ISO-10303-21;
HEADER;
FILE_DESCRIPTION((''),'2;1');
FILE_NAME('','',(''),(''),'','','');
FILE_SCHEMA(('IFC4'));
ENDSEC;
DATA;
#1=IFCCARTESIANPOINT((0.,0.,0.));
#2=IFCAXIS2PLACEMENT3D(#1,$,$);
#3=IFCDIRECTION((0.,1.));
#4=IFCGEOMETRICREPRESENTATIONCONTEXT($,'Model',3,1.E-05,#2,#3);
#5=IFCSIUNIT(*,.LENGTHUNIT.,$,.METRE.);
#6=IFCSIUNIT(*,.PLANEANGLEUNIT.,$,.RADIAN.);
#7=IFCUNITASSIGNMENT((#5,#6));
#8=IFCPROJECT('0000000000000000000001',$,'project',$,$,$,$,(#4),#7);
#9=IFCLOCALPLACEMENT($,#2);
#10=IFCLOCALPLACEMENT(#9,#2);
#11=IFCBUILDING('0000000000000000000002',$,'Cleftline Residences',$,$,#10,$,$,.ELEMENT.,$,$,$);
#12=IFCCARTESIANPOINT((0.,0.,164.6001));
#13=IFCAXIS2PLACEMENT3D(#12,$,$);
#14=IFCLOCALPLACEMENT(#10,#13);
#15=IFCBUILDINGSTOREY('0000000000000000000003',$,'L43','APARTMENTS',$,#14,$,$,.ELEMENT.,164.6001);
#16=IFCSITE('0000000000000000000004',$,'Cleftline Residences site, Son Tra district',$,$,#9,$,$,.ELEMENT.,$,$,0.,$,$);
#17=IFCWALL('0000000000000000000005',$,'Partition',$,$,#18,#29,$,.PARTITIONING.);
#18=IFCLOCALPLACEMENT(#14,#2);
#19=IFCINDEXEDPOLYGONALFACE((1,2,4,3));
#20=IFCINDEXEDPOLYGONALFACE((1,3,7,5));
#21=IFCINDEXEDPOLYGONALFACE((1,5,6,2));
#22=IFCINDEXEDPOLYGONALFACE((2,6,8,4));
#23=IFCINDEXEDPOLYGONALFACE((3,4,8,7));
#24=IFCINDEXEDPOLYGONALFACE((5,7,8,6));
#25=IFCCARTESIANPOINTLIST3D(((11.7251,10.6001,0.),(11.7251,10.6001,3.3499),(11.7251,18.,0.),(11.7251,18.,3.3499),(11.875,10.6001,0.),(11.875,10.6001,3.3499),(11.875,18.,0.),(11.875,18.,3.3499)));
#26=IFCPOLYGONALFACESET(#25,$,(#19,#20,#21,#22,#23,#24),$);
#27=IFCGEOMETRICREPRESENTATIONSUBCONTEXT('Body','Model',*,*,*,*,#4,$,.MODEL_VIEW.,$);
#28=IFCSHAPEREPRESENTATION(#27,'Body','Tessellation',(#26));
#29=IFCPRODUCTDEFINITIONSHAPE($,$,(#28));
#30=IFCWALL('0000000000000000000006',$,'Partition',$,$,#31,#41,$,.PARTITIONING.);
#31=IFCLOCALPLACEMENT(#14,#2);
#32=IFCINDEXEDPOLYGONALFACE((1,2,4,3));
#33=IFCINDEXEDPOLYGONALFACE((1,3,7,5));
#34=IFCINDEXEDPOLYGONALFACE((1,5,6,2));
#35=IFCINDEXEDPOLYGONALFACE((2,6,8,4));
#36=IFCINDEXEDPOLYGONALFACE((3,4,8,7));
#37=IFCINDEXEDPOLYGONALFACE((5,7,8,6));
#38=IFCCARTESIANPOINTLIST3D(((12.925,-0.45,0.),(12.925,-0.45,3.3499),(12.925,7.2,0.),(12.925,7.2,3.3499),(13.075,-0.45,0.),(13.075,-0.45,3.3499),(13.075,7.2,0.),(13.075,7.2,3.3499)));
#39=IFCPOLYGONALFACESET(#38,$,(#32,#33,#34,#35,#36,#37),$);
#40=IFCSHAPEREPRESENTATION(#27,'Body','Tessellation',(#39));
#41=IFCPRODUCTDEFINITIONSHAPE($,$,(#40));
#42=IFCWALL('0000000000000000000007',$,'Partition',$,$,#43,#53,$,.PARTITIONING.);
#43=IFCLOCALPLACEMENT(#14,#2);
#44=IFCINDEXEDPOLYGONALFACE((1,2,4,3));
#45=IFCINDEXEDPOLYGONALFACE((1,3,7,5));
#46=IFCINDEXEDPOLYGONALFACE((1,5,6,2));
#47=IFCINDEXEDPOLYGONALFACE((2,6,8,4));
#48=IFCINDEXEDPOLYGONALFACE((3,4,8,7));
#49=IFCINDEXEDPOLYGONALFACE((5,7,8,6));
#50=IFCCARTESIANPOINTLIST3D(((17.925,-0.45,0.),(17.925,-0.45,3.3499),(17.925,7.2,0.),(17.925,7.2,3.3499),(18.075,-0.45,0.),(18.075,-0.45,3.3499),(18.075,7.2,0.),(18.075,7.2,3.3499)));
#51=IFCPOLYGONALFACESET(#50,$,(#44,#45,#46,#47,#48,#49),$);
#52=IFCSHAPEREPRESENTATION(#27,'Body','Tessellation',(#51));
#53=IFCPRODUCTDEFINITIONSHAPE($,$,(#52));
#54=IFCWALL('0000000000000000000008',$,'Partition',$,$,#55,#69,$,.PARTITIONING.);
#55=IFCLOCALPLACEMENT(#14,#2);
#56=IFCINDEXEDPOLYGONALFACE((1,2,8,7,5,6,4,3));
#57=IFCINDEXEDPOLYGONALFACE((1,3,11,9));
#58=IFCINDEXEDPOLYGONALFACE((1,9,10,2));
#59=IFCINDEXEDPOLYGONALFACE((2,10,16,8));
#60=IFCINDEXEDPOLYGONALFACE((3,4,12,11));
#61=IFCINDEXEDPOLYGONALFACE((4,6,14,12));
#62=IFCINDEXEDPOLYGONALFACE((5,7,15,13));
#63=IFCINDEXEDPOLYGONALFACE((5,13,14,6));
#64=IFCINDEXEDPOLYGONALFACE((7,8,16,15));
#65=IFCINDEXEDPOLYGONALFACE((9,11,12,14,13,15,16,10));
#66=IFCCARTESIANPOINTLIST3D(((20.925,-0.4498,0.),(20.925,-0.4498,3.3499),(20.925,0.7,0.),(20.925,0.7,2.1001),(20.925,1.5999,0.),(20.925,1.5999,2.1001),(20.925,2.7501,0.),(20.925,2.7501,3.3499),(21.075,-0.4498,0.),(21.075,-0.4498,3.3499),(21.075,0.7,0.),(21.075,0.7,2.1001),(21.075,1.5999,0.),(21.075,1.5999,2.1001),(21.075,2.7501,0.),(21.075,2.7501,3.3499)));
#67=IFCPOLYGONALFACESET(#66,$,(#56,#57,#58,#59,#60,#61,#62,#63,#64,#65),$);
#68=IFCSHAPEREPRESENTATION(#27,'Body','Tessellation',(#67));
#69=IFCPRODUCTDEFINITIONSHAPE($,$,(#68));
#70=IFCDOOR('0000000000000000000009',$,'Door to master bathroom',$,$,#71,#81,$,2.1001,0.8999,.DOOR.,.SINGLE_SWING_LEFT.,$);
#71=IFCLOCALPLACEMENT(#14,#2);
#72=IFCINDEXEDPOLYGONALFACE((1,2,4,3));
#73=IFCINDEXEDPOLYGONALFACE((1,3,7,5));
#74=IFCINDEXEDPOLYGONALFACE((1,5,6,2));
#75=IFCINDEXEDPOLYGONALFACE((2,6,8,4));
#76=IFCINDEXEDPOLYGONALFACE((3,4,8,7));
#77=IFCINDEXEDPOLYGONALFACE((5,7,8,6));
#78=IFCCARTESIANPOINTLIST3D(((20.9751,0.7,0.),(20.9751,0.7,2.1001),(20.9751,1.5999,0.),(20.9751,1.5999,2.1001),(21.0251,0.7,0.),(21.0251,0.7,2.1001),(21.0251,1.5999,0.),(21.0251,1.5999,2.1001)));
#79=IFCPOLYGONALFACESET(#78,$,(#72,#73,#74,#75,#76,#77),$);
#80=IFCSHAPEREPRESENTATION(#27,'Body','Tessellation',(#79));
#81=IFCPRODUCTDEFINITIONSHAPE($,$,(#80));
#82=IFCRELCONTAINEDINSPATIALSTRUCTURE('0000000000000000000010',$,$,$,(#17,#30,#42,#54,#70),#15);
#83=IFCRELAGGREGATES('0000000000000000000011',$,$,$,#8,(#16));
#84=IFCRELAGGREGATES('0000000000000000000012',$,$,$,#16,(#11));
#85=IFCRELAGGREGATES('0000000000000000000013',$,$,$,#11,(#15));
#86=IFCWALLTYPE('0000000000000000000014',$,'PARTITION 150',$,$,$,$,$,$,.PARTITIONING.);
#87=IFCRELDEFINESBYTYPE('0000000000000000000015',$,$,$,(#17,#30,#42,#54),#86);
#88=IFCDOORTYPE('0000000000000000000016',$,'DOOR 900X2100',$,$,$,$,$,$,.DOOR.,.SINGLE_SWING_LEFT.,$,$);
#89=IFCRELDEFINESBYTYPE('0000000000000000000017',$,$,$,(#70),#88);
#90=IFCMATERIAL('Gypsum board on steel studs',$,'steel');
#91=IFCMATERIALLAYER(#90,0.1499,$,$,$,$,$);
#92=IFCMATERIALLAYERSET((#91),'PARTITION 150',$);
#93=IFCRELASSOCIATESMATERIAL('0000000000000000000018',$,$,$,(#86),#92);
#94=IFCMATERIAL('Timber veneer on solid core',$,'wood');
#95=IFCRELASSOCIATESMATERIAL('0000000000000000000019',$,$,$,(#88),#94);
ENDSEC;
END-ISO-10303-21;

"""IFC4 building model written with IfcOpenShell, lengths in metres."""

from ifc_helpers import new_model, si_unit, direction, frame, frame_2d, origin, place, context, subcontext, project, spatial, rectangle, extrude, material, layer, layer_set, type_object, element, fill, save


model = new_model("IFC4")

# Units and contexts
model_context = context("Model", 3, precision=1e-05, world=origin(), true_north=direction((0.0, 1.0)))
body_context = subcontext(model_context, "Body", "Model", "MODEL_VIEW")
ifc_project = project(units=[si_unit("LENGTHUNIT", "METRE"), si_unit("PLANEANGLEUNIT", "RADIAN")], contexts=[model_context])

# Site, building, storey
site_placement = place(None, origin())
site = spatial("IfcSite", under=ifc_project, at=site_placement, Name="Cleftline Residences site, Son Tra district", CompositionType="ELEMENT", RefElevation=0.0)
building_placement = place(site_placement, origin())
building = spatial("IfcBuilding", under=site, at=building_placement, Name="Cleftline Residences", CompositionType="ELEMENT")
storey_placement = place(building_placement, frame((0.0, 0.0, 164.6001)))
storey = spatial("IfcBuildingStorey", under=building, at=storey_placement, Name="L43", Description="APARTMENTS", CompositionType="ELEMENT", Elevation=164.6001)

# Shared definitions
ifc_material_1 = material(Name="Gypsum board on steel studs", Category="steel")
ifc_layer_1 = layer(ifc_material_1, 0.1499)
ifc_layer_set_1 = layer_set([ifc_layer_1], Name="PARTITION 150")
wall_type = type_object("IfcWallType", Name="PARTITION 150", PredefinedType="PARTITIONING", material=ifc_layer_set_1)

# Walls
wall_1_placement = place(storey_placement, frame((11.8, 10.6001, 0.0), z_axis=(0.0, 0.0, 1.0), x_axis=(0.0, 1.0, 0.0)))
element("IfcWall", 1, at=wall_1_placement, inside=storey, type_object=wall_type, Name="Partition", PredefinedType="PARTITIONING", context=body_context, shape_type="SweptSolid", body=[
    extrude(rectangle(XDim=7.3999, YDim=0.1499, at=frame_2d((3.7, 0.0))), origin(), (0.0, 0.0, 1.0), 3.3499),
])
for number, where, z_axis, x_axis, name in (
    (2, (13.0, -0.45, 0.0), (0.0, 0.0, 1.0), (0.0, 1.0, 0.0), "Partition"),
    (3, (18.0, -0.45, 0.0), (0.0, 0.0, 1.0), (0.0, 1.0, 0.0), "Partition"),
):
    element("IfcWall", number, at=place(storey_placement, frame(where, z_axis=z_axis, x_axis=x_axis)), inside=storey, type_object=wall_type, Name=name, PredefinedType="PARTITIONING", context=body_context, shape_type="SweptSolid", body=[
        extrude(rectangle(XDim=7.6499, YDim=0.1499, at=frame_2d((3.825, 0.0))), origin(), (0.0, 0.0, 1.0), 3.3499),
    ])

# Wall, opening, door
wall_2_placement = place(storey_placement, frame((21.0, -0.45, 0.0), z_axis=(0.0, 0.0, 1.0), x_axis=(0.0, 1.0, 0.0)))
wall_2 = element("IfcWall", 4, at=wall_2_placement, inside=storey, type_object=wall_type, Name="Partition", PredefinedType="PARTITIONING", context=body_context, shape_type="SweptSolid", body=[
    extrude(rectangle(XDim=3.2, YDim=0.1499, at=frame_2d((1.6001, 0.0))), origin(), (0.0, 0.0, 1.0), 3.3499),
])
opening_1_placement = place(wall_2_placement, frame((1.1499, 0.0, 0.0)))
opening_1 = element("IfcOpeningElement", 5, at=opening_1_placement, cuts=wall_2, PredefinedType="OPENING", context=body_context, shape_type="SweptSolid", body=[
    extrude(rectangle(XDim=0.8999, YDim=2.1001, at=frame_2d((0.45, 1.05))), frame((0.0, 0.085, 0.0), z_axis=(0.0, -1.0, 0.0), x_axis=(1.0, 0.0, 0.0)), (0.0, 0.0, 1.0), 0.1699),
])
ifc_material_2 = material(Name="Timber veneer on solid core", Category="wood")
door_type_1 = type_object("IfcDoorType", Name="DOOR 900X2100", OperationType="SINGLE_SWING_LEFT", PredefinedType="DOOR", material=ifc_material_2)
door_1_placement = place(opening_1_placement, origin())
door_1 = element("IfcDoor", 6, at=door_1_placement, inside=storey, type_object=door_type_1, Name="Door to master bathroom", OperationType="SINGLE_SWING_LEFT", OverallHeight=2.1001, OverallWidth=0.8999, PredefinedType="DOOR", context=body_context, shape_type="SweptSolid", body=[
    extrude(rectangle(XDim=0.8999, YDim=2.1001, at=frame_2d((0.45, 1.05))), frame((0.0, 0.0249, 0.0), z_axis=(0.0, -1.0, 0.0), x_axis=(1.0, 0.0, 0.0)), (0.0, 0.0, 1.0), 0.05),
])
fill(opening_1, door_1)

save(model, "model.ifc")
